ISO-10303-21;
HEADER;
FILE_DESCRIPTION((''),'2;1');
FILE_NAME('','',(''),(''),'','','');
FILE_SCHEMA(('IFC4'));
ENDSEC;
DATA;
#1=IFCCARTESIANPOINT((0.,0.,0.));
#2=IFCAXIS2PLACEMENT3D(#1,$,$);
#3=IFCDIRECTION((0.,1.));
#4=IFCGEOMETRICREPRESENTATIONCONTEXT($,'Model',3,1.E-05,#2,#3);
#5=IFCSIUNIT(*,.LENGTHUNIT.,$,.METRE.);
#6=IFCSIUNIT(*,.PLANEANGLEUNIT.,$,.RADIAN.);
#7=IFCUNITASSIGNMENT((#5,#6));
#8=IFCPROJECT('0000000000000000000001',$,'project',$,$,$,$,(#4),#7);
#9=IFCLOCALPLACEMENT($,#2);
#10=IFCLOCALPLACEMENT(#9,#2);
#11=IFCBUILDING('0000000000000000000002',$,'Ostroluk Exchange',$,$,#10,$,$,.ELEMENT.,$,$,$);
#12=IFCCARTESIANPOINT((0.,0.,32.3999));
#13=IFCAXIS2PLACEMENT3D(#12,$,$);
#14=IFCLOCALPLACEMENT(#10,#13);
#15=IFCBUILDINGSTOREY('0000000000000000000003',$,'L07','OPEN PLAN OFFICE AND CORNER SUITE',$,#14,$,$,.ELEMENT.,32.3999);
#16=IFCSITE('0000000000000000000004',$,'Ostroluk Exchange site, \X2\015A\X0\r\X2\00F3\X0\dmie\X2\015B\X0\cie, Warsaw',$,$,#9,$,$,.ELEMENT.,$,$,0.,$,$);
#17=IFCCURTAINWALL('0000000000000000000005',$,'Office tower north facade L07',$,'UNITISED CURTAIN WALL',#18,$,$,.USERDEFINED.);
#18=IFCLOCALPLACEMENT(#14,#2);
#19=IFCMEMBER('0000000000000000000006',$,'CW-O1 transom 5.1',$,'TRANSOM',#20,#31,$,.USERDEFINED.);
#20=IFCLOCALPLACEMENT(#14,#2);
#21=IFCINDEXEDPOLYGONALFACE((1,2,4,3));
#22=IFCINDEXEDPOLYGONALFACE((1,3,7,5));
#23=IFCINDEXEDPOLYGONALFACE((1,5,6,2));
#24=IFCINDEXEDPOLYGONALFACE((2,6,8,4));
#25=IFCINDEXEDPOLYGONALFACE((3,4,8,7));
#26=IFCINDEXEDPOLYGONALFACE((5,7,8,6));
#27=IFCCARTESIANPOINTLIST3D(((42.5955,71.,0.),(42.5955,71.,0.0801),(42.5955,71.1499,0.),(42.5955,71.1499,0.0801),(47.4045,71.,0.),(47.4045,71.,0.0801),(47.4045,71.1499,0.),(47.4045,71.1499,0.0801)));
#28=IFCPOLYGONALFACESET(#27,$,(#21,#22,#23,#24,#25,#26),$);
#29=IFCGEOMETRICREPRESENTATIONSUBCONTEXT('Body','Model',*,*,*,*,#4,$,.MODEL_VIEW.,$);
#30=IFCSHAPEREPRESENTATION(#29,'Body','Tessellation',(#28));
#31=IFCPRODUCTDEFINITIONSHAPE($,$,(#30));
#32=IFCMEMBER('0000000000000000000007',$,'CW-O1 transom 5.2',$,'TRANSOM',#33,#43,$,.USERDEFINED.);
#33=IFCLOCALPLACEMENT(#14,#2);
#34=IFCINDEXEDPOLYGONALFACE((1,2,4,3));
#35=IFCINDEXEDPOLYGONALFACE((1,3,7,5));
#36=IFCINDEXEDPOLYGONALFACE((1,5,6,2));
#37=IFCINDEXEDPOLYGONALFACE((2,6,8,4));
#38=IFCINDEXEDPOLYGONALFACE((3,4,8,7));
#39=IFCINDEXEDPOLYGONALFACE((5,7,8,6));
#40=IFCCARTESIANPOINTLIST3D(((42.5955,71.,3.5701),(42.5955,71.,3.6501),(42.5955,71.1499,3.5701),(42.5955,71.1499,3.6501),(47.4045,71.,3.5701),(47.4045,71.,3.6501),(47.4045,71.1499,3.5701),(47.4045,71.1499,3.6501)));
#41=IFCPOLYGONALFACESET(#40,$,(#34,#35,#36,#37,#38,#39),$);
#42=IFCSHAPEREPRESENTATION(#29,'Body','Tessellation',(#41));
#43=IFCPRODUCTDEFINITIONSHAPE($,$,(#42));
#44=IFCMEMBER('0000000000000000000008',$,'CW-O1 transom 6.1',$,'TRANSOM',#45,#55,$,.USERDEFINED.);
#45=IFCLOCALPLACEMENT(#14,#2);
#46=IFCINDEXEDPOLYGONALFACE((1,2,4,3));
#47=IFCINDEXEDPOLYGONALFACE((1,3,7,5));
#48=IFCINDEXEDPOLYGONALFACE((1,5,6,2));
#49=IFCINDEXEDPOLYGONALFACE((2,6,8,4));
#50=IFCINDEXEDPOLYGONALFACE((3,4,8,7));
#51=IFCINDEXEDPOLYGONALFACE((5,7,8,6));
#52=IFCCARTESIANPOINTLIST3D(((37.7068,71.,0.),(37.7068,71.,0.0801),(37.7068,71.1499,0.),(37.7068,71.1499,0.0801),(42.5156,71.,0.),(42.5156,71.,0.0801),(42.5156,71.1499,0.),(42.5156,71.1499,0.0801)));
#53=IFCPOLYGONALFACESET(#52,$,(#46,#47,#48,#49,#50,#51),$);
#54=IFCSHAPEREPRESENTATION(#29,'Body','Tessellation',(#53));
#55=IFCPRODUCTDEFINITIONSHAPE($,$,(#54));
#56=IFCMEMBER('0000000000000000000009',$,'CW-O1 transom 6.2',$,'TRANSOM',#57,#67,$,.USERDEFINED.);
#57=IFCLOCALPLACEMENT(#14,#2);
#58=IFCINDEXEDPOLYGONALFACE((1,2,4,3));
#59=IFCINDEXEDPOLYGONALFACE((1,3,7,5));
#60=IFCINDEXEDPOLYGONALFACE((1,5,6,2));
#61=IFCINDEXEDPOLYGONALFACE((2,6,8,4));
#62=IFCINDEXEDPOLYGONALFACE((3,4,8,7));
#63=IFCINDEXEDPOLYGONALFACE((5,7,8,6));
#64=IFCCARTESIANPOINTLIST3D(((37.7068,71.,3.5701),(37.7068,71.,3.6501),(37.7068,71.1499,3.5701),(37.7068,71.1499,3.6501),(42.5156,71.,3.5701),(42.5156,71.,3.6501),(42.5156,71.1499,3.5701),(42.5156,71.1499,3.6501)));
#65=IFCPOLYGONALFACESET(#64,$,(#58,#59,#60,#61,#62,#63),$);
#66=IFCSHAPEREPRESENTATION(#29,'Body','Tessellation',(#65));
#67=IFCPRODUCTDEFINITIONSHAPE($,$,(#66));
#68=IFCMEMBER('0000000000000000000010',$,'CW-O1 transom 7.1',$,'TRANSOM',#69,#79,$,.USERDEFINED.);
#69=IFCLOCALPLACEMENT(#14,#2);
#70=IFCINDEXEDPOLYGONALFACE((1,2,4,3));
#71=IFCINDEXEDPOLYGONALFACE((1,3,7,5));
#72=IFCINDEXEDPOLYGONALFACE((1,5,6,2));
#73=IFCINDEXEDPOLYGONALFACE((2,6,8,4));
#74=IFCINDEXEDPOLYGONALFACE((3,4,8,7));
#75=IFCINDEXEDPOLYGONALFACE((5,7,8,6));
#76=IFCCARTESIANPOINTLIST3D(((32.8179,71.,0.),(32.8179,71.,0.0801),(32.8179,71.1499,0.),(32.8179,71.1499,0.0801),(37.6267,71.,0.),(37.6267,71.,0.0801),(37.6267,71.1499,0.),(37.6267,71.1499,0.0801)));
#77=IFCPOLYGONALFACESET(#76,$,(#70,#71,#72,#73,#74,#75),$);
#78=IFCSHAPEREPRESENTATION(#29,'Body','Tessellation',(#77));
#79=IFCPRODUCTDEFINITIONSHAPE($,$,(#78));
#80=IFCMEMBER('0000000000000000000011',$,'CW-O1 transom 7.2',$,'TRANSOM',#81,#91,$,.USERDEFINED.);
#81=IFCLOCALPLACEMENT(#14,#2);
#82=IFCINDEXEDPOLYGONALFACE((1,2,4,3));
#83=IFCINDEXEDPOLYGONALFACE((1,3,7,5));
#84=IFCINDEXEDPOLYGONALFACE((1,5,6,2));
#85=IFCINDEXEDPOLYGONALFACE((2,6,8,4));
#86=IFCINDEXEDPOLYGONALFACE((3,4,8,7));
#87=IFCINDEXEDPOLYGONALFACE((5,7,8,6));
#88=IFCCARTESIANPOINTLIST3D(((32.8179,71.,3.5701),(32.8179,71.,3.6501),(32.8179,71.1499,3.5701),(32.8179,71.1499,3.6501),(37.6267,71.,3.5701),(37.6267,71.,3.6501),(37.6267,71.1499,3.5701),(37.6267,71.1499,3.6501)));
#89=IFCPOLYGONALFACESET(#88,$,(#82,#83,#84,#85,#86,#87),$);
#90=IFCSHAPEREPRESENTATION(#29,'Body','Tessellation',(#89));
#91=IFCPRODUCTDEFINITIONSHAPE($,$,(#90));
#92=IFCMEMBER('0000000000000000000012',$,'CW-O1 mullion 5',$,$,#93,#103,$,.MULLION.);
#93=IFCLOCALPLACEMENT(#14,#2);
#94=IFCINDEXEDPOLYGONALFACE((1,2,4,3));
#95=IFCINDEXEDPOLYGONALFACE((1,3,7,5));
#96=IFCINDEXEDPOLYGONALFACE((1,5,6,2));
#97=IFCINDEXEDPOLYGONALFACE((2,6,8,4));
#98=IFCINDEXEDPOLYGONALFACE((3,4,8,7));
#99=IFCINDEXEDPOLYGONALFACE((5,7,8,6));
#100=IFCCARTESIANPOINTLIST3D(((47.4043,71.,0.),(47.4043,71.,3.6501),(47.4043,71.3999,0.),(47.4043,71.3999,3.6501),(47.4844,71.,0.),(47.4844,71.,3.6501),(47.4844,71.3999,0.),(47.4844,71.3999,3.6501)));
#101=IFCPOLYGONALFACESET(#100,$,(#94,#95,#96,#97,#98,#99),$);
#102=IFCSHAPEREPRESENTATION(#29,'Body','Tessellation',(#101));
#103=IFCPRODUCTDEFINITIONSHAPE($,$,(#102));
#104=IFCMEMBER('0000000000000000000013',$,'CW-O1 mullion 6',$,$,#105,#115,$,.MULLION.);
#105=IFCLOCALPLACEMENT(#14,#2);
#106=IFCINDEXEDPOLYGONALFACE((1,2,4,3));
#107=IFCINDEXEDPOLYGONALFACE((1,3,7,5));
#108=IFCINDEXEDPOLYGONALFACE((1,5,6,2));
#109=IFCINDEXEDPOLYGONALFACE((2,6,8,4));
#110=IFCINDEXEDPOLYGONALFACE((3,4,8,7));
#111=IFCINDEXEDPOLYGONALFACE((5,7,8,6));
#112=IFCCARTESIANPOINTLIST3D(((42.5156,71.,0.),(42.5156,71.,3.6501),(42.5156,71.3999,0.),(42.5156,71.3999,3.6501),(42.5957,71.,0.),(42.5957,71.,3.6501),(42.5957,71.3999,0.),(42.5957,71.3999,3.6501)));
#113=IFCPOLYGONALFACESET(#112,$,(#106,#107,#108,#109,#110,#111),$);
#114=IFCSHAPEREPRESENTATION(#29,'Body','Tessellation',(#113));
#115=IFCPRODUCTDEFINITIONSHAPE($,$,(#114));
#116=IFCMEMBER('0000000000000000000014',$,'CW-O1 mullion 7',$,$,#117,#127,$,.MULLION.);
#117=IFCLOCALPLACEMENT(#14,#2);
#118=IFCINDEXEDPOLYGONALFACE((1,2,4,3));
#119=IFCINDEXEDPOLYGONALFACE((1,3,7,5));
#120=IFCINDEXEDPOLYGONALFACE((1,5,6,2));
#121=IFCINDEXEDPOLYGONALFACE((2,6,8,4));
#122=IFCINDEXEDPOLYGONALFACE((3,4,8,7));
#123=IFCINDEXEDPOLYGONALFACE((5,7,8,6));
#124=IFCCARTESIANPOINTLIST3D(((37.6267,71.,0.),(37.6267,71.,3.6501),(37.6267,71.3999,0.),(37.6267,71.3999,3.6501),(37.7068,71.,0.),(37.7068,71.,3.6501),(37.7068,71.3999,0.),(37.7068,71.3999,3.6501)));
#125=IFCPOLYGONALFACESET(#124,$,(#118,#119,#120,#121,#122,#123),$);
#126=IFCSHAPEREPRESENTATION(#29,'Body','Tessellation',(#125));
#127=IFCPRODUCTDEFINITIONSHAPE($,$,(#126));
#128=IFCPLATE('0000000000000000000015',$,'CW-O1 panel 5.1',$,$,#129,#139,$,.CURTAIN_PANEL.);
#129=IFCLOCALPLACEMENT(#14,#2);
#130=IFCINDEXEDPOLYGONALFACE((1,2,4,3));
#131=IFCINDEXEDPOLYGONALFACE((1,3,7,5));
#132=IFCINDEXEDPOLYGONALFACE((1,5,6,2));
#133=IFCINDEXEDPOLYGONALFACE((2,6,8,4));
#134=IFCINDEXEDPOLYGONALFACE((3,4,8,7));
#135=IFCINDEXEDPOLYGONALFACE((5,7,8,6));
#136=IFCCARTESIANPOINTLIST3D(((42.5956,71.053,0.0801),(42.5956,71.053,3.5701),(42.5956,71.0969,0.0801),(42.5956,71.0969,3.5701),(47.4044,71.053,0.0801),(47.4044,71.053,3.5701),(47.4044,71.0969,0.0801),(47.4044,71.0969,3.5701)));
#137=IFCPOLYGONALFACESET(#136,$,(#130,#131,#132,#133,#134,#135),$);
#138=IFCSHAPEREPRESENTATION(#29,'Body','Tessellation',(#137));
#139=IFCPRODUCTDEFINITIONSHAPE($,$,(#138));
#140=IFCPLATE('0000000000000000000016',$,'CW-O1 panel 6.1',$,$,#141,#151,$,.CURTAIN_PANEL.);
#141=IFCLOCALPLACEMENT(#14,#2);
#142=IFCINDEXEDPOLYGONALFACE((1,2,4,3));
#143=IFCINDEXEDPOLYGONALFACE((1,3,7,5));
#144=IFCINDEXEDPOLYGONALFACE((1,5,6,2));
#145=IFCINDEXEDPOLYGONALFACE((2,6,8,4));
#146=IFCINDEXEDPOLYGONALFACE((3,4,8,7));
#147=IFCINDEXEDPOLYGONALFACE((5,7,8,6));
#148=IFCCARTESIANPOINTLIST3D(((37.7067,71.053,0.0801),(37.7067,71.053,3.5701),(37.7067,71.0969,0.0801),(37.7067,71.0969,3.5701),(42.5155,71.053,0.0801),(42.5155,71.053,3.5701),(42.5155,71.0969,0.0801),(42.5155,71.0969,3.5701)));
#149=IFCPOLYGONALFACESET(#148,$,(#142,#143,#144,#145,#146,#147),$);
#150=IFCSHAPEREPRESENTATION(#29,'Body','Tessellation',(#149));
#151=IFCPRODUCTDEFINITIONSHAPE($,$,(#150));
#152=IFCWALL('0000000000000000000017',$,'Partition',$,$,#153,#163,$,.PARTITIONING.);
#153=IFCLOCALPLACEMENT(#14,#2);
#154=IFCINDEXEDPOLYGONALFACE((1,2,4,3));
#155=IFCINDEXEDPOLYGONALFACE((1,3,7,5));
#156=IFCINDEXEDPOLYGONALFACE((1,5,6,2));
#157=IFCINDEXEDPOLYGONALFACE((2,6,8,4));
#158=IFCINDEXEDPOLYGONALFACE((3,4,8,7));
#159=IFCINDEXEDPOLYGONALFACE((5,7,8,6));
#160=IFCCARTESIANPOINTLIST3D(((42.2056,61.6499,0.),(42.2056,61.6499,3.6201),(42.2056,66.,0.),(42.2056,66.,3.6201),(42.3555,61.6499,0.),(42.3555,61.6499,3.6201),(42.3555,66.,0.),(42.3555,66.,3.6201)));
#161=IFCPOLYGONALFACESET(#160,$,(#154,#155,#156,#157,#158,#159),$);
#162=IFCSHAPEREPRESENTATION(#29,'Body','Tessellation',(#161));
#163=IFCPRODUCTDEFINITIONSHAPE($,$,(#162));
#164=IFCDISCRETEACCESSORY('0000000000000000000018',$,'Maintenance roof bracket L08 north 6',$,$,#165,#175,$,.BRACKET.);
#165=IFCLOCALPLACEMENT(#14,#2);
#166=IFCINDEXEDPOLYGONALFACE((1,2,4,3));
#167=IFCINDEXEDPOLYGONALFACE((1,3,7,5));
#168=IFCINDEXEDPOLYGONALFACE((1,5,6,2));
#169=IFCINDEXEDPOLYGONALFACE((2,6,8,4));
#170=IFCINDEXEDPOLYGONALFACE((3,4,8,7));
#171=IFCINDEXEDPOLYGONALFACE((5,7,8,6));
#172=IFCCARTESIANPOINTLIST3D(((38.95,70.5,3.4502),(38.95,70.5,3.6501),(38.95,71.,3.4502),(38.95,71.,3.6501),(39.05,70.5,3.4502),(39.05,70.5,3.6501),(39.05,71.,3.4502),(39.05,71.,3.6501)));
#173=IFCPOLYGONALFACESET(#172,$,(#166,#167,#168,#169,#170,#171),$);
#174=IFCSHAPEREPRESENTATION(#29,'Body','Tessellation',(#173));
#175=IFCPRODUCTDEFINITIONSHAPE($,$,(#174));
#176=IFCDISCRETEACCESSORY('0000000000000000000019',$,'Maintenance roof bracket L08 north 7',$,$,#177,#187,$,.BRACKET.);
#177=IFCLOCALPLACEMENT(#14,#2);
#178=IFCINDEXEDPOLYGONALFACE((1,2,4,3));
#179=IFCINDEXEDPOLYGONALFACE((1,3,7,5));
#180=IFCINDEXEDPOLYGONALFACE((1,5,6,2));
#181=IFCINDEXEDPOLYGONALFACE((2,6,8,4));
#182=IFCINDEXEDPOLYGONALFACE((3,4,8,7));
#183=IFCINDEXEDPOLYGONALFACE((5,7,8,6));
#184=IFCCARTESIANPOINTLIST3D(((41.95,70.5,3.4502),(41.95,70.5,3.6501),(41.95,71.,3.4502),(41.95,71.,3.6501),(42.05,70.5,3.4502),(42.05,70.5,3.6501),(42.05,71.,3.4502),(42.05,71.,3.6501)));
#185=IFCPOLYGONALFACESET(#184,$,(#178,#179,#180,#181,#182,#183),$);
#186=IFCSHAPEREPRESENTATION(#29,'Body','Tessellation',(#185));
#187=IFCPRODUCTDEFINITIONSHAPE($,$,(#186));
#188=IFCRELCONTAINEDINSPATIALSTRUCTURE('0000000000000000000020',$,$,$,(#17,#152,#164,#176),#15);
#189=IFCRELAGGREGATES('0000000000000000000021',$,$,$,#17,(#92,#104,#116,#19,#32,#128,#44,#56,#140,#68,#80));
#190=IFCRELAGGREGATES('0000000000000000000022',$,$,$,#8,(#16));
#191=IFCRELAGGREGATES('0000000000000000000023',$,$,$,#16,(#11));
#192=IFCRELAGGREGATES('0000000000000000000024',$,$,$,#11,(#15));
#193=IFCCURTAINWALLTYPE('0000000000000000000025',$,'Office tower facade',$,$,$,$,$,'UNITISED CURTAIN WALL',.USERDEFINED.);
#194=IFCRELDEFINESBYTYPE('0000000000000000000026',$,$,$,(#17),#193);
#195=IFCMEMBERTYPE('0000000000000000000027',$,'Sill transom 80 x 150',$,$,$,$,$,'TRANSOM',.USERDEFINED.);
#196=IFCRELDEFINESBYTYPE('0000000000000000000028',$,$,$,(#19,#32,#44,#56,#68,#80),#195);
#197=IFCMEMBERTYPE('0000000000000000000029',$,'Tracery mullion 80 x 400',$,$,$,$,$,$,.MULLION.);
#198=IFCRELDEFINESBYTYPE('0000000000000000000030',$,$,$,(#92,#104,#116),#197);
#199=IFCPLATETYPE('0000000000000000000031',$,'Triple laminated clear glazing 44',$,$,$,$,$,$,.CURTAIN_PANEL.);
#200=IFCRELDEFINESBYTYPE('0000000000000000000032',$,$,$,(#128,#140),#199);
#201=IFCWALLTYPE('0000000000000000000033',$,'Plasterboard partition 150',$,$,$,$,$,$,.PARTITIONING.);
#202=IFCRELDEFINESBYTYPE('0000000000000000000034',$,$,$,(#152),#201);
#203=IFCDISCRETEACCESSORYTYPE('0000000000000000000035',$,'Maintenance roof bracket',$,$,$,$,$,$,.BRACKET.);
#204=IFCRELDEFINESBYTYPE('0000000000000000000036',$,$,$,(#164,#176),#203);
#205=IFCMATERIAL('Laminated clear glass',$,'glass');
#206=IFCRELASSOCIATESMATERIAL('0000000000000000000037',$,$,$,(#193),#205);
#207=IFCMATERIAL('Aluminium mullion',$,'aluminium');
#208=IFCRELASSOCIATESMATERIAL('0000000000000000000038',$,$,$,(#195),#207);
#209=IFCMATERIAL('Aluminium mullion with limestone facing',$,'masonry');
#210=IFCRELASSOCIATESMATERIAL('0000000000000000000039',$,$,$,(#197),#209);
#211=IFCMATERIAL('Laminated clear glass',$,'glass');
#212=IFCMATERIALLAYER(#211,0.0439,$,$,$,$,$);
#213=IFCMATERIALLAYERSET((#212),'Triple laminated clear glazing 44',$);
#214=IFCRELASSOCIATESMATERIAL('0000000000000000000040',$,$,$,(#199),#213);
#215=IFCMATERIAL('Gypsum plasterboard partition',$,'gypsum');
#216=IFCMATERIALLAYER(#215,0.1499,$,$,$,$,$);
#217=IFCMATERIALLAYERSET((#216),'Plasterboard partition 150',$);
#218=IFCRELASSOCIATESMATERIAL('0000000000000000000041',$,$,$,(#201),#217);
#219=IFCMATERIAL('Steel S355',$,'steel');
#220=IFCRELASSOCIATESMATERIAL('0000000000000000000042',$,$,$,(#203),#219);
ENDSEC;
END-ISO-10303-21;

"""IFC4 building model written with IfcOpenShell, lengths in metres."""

from ifc_helpers import new_model, si_unit, direction, frame, frame_2d, origin, origin_2d, place, context, subcontext, project, spatial, rectangle, extrude, material, layer, layer_set, material_profile, profile_set, type_object, element, aggregate, save


model = new_model("IFC4")

# Units and contexts
model_context = context("Model", 3, precision=1e-05, world=origin(), true_north=direction((0.0, 1.0)))
body_context = subcontext(model_context, "Body", "Model", "MODEL_VIEW")
ifc_project = project(units=[si_unit("LENGTHUNIT", "METRE"), si_unit("PLANEANGLEUNIT", "RADIAN")], contexts=[model_context])

# Site, building, storey
site_placement = place(None, origin())
site = spatial("IfcSite", under=ifc_project, at=site_placement, Name="Ostroluk Exchange site, Śródmieście, Warsaw", CompositionType="ELEMENT", RefElevation=0.0)
building_placement = place(site_placement, origin())
building = spatial("IfcBuilding", under=site, at=building_placement, Name="Ostroluk Exchange", CompositionType="ELEMENT")
storey_placement = place(building_placement, frame((0.0, 0.0, 32.3999)))
storey = spatial("IfcBuildingStorey", under=building, at=storey_placement, Name="L07", Description="OPEN PLAN OFFICE AND CORNER SUITE", CompositionType="ELEMENT", Elevation=32.3999)

# Curtain wall, members, plates
ifc_material_1 = material(Name="Laminated clear glass", Category="glass")
curtain_wall_type = type_object("IfcCurtainWallType", Name="Office tower facade", ElementType="UNITISED CURTAIN WALL", PredefinedType="USERDEFINED", material=ifc_material_1)
curtain_wall_placement = place(storey_placement, origin())
curtain_wall = element("IfcCurtainWall", 1, at=curtain_wall_placement, inside=storey, type_object=curtain_wall_type, Name="Office tower north facade L07", ObjectType="UNITISED CURTAIN WALL", PredefinedType="USERDEFINED")
ifc_material_2 = material(Name="Aluminium mullion", Category="aluminium")
ifc_material_profile_1 = material_profile(ifc_material_2, rectangle(XDim=0.1499, YDim=0.0801, at=origin_2d()), Name="Sill transom 80 x 150")
ifc_profile_set_1 = profile_set([ifc_material_profile_1], Name="Aluminium mullion")
member_type_1 = type_object("IfcMemberType", Name="Sill transom 80 x 150", ElementType="TRANSOM", PredefinedType="USERDEFINED", material=ifc_profile_set_1)
member_1_placement = place(storey_placement, frame((47.4045, 71.075, 0.04), z_axis=(-1.0, 0.0, 0.0), x_axis=(0.0, -1.0, 0.0)))
member_1 = element("IfcMember", 2, at=member_1_placement, type_object=member_type_1, Name="CW-O1 transom 5.1", ObjectType="TRANSOM", PredefinedType="USERDEFINED", context=body_context, shape_type="SweptSolid", body=[
    extrude(rectangle(XDim=0.1499, YDim=0.0801, at=origin_2d()), origin(), (0.0, 0.0, 1.0), 4.8091),
])
member_2_placement = place(storey_placement, frame((47.4045, 71.075, 3.6101), z_axis=(-1.0, 0.0, 0.0), x_axis=(0.0, -1.0, 0.0)))
member_2 = element("IfcMember", 3, at=member_2_placement, type_object=member_type_1, Name="CW-O1 transom 5.2", ObjectType="TRANSOM", PredefinedType="USERDEFINED", context=body_context, shape_type="SweptSolid", body=[
    extrude(rectangle(XDim=0.1499, YDim=0.0801, at=origin_2d()), origin(), (0.0, 0.0, 1.0), 4.8091),
])
member_3_placement = place(storey_placement, frame((42.5156, 71.075, 0.04), z_axis=(-1.0, 0.0, 0.0), x_axis=(0.0, -1.0, 0.0)))
member_3 = element("IfcMember", 4, at=member_3_placement, type_object=member_type_1, Name="CW-O1 transom 6.1", ObjectType="TRANSOM", PredefinedType="USERDEFINED", context=body_context, shape_type="SweptSolid", body=[
    extrude(rectangle(XDim=0.1499, YDim=0.0801, at=origin_2d()), origin(), (0.0, 0.0, 1.0), 4.8088),
])
member_4_placement = place(storey_placement, frame((42.5156, 71.075, 3.6101), z_axis=(-1.0, 0.0, 0.0), x_axis=(0.0, -1.0, 0.0)))
member_4 = element("IfcMember", 5, at=member_4_placement, type_object=member_type_1, Name="CW-O1 transom 6.2", ObjectType="TRANSOM", PredefinedType="USERDEFINED", context=body_context, shape_type="SweptSolid", body=[
    extrude(rectangle(XDim=0.1499, YDim=0.0801, at=origin_2d()), origin(), (0.0, 0.0, 1.0), 4.8088),
])
member_5_placement = place(storey_placement, frame((37.6267, 71.075, 0.04), z_axis=(-1.0, 0.0, 0.0), x_axis=(0.0, -1.0, 0.0)))
member_5 = element("IfcMember", 6, at=member_5_placement, type_object=member_type_1, Name="CW-O1 transom 7.1", ObjectType="TRANSOM", PredefinedType="USERDEFINED", context=body_context, shape_type="SweptSolid", body=[
    extrude(rectangle(XDim=0.1499, YDim=0.0801, at=origin_2d()), origin(), (0.0, 0.0, 1.0), 4.8088),
])
member_6_placement = place(storey_placement, frame((37.6267, 71.075, 3.6101), z_axis=(-1.0, 0.0, 0.0), x_axis=(0.0, -1.0, 0.0)))
member_6 = element("IfcMember", 7, at=member_6_placement, type_object=member_type_1, Name="CW-O1 transom 7.2", ObjectType="TRANSOM", PredefinedType="USERDEFINED", context=body_context, shape_type="SweptSolid", body=[
    extrude(rectangle(XDim=0.1499, YDim=0.0801, at=origin_2d()), origin(), (0.0, 0.0, 1.0), 4.8088),
])
ifc_material_3 = material(Name="Aluminium mullion with limestone facing", Category="masonry")
ifc_material_profile_2 = material_profile(ifc_material_3, rectangle(XDim=0.3999, YDim=0.0801, at=origin_2d()), Name="Tracery mullion 80 x 400")
ifc_profile_set_2 = profile_set([ifc_material_profile_2], Name="Aluminium mullion with limestone facing")
member_type_2 = type_object("IfcMemberType", Name="Tracery mullion 80 x 400", PredefinedType="MULLION", material=ifc_profile_set_2)
member_7_placement = place(storey_placement, frame((47.4443, 71.2, 0.0), z_axis=(0.0, 0.0, 1.0), x_axis=(0.0, -1.0, 0.0)))
member_7 = element("IfcMember", 8, at=member_7_placement, type_object=member_type_2, Name="CW-O1 mullion 5", PredefinedType="MULLION", context=body_context, shape_type="SweptSolid", body=[
    extrude(rectangle(XDim=0.3999, YDim=0.0801, at=origin_2d()), origin(), (0.0, 0.0, 1.0), 3.6501),
])
member_8_placement = place(storey_placement, frame((42.5557, 71.2, 0.0), z_axis=(0.0, 0.0, 1.0), x_axis=(0.0, -1.0, 0.0)))
member_8 = element("IfcMember", 9, at=member_8_placement, type_object=member_type_2, Name="CW-O1 mullion 6", PredefinedType="MULLION", context=body_context, shape_type="SweptSolid", body=[
    extrude(rectangle(XDim=0.3999, YDim=0.0801, at=origin_2d()), origin(), (0.0, 0.0, 1.0), 3.6501),
])
member_9_placement = place(storey_placement, frame((37.6667, 71.2, 0.0), z_axis=(0.0, 0.0, 1.0), x_axis=(0.0, -1.0, 0.0)))
member_9 = element("IfcMember", 10, at=member_9_placement, type_object=member_type_2, Name="CW-O1 mullion 7", PredefinedType="MULLION", context=body_context, shape_type="SweptSolid", body=[
    extrude(rectangle(XDim=0.3999, YDim=0.0801, at=origin_2d()), origin(), (0.0, 0.0, 1.0), 3.6501),
])
ifc_material_4 = material(Name="Laminated clear glass", Category="glass")
ifc_layer_1 = layer(ifc_material_4, 0.0439)
ifc_layer_set_1 = layer_set([ifc_layer_1], Name="Triple laminated clear glazing 44")
plate_type = type_object("IfcPlateType", Name="Triple laminated clear glazing 44", PredefinedType="CURTAIN_PANEL", material=ifc_layer_set_1)
plate_1_placement = place(storey_placement, frame((45.0, 71.075, 0.0801), z_axis=(0.0, 0.0, 1.0), x_axis=(-1.0, 0.0, 0.0)))
plate_1 = element("IfcPlate", 11, at=plate_1_placement, type_object=plate_type, Name="CW-O1 panel 5.1", PredefinedType="CURTAIN_PANEL", context=body_context, shape_type="SweptSolid", body=[
    extrude(rectangle(XDim=4.8088, YDim=0.0439, at=origin_2d()), origin(), (0.0, 0.0, 1.0), 3.49),
])
plate_2_placement = place(storey_placement, frame((40.1111, 71.075, 0.0801), z_axis=(0.0, 0.0, 1.0), x_axis=(-1.0, 0.0, 0.0)))
plate_2 = element("IfcPlate", 12, at=plate_2_placement, type_object=plate_type, Name="CW-O1 panel 6.1", PredefinedType="CURTAIN_PANEL", context=body_context, shape_type="SweptSolid", body=[
    extrude(rectangle(XDim=4.8088, YDim=0.0439, at=origin_2d()), origin(), (0.0, 0.0, 1.0), 3.49),
])
aggregate(curtain_wall, [member_7, member_8, member_9, member_1, member_2, plate_1, member_3, member_4, plate_2, member_5, member_6])

# Wall
ifc_material_5 = material(Name="Gypsum plasterboard partition", Category="gypsum")
ifc_layer_2 = layer(ifc_material_5, 0.1499)
ifc_layer_set_2 = layer_set([ifc_layer_2], Name="Plasterboard partition 150")
wall_type = type_object("IfcWallType", Name="Plasterboard partition 150", PredefinedType="PARTITIONING", material=ifc_layer_set_2)
wall_placement = place(storey_placement, frame((42.2805, 61.6499, 0.0), z_axis=(0.0, 0.0, 1.0), x_axis=(0.0, 1.0, 0.0)))
element("IfcWall", 13, at=wall_placement, inside=storey, type_object=wall_type, Name="Partition", PredefinedType="PARTITIONING", context=body_context, shape_type="SweptSolid", body=[
    extrude(rectangle(XDim=4.3501, YDim=0.1499, at=frame_2d((2.175, 0.0))), origin(), (0.0, 0.0, 1.0), 3.6201),
])

# Discrete accessories
ifc_material_6 = material(Name="Steel S355", Category="steel")
discrete_accessory_type = type_object("IfcDiscreteAccessoryType", Name="Maintenance roof bracket", PredefinedType="BRACKET", material=ifc_material_6)
for number, where, z_axis, x_axis, name in (
    (14, (39.0, 70.75, 3.4502), (0.0, 0.0, 1.0), (1.0, 0.0, 0.0), "Maintenance roof bracket L08 north 6"),
    (15, (42.0, 70.75, 3.4502), (0.0, 0.0, 1.0), (1.0, 0.0, 0.0), "Maintenance roof bracket L08 north 7"),
):
    element("IfcDiscreteAccessory", number, at=place(storey_placement, frame(where, z_axis=z_axis, x_axis=x_axis)), inside=storey, type_object=discrete_accessory_type, Name=name, PredefinedType="BRACKET", context=body_context, shape_type="SweptSolid", body=[
        extrude(rectangle(XDim=0.1001, YDim=0.5, at=origin_2d()), origin(), (0.0, 0.0, 1.0), 0.2),
    ])

save(model, "model.ifc")
